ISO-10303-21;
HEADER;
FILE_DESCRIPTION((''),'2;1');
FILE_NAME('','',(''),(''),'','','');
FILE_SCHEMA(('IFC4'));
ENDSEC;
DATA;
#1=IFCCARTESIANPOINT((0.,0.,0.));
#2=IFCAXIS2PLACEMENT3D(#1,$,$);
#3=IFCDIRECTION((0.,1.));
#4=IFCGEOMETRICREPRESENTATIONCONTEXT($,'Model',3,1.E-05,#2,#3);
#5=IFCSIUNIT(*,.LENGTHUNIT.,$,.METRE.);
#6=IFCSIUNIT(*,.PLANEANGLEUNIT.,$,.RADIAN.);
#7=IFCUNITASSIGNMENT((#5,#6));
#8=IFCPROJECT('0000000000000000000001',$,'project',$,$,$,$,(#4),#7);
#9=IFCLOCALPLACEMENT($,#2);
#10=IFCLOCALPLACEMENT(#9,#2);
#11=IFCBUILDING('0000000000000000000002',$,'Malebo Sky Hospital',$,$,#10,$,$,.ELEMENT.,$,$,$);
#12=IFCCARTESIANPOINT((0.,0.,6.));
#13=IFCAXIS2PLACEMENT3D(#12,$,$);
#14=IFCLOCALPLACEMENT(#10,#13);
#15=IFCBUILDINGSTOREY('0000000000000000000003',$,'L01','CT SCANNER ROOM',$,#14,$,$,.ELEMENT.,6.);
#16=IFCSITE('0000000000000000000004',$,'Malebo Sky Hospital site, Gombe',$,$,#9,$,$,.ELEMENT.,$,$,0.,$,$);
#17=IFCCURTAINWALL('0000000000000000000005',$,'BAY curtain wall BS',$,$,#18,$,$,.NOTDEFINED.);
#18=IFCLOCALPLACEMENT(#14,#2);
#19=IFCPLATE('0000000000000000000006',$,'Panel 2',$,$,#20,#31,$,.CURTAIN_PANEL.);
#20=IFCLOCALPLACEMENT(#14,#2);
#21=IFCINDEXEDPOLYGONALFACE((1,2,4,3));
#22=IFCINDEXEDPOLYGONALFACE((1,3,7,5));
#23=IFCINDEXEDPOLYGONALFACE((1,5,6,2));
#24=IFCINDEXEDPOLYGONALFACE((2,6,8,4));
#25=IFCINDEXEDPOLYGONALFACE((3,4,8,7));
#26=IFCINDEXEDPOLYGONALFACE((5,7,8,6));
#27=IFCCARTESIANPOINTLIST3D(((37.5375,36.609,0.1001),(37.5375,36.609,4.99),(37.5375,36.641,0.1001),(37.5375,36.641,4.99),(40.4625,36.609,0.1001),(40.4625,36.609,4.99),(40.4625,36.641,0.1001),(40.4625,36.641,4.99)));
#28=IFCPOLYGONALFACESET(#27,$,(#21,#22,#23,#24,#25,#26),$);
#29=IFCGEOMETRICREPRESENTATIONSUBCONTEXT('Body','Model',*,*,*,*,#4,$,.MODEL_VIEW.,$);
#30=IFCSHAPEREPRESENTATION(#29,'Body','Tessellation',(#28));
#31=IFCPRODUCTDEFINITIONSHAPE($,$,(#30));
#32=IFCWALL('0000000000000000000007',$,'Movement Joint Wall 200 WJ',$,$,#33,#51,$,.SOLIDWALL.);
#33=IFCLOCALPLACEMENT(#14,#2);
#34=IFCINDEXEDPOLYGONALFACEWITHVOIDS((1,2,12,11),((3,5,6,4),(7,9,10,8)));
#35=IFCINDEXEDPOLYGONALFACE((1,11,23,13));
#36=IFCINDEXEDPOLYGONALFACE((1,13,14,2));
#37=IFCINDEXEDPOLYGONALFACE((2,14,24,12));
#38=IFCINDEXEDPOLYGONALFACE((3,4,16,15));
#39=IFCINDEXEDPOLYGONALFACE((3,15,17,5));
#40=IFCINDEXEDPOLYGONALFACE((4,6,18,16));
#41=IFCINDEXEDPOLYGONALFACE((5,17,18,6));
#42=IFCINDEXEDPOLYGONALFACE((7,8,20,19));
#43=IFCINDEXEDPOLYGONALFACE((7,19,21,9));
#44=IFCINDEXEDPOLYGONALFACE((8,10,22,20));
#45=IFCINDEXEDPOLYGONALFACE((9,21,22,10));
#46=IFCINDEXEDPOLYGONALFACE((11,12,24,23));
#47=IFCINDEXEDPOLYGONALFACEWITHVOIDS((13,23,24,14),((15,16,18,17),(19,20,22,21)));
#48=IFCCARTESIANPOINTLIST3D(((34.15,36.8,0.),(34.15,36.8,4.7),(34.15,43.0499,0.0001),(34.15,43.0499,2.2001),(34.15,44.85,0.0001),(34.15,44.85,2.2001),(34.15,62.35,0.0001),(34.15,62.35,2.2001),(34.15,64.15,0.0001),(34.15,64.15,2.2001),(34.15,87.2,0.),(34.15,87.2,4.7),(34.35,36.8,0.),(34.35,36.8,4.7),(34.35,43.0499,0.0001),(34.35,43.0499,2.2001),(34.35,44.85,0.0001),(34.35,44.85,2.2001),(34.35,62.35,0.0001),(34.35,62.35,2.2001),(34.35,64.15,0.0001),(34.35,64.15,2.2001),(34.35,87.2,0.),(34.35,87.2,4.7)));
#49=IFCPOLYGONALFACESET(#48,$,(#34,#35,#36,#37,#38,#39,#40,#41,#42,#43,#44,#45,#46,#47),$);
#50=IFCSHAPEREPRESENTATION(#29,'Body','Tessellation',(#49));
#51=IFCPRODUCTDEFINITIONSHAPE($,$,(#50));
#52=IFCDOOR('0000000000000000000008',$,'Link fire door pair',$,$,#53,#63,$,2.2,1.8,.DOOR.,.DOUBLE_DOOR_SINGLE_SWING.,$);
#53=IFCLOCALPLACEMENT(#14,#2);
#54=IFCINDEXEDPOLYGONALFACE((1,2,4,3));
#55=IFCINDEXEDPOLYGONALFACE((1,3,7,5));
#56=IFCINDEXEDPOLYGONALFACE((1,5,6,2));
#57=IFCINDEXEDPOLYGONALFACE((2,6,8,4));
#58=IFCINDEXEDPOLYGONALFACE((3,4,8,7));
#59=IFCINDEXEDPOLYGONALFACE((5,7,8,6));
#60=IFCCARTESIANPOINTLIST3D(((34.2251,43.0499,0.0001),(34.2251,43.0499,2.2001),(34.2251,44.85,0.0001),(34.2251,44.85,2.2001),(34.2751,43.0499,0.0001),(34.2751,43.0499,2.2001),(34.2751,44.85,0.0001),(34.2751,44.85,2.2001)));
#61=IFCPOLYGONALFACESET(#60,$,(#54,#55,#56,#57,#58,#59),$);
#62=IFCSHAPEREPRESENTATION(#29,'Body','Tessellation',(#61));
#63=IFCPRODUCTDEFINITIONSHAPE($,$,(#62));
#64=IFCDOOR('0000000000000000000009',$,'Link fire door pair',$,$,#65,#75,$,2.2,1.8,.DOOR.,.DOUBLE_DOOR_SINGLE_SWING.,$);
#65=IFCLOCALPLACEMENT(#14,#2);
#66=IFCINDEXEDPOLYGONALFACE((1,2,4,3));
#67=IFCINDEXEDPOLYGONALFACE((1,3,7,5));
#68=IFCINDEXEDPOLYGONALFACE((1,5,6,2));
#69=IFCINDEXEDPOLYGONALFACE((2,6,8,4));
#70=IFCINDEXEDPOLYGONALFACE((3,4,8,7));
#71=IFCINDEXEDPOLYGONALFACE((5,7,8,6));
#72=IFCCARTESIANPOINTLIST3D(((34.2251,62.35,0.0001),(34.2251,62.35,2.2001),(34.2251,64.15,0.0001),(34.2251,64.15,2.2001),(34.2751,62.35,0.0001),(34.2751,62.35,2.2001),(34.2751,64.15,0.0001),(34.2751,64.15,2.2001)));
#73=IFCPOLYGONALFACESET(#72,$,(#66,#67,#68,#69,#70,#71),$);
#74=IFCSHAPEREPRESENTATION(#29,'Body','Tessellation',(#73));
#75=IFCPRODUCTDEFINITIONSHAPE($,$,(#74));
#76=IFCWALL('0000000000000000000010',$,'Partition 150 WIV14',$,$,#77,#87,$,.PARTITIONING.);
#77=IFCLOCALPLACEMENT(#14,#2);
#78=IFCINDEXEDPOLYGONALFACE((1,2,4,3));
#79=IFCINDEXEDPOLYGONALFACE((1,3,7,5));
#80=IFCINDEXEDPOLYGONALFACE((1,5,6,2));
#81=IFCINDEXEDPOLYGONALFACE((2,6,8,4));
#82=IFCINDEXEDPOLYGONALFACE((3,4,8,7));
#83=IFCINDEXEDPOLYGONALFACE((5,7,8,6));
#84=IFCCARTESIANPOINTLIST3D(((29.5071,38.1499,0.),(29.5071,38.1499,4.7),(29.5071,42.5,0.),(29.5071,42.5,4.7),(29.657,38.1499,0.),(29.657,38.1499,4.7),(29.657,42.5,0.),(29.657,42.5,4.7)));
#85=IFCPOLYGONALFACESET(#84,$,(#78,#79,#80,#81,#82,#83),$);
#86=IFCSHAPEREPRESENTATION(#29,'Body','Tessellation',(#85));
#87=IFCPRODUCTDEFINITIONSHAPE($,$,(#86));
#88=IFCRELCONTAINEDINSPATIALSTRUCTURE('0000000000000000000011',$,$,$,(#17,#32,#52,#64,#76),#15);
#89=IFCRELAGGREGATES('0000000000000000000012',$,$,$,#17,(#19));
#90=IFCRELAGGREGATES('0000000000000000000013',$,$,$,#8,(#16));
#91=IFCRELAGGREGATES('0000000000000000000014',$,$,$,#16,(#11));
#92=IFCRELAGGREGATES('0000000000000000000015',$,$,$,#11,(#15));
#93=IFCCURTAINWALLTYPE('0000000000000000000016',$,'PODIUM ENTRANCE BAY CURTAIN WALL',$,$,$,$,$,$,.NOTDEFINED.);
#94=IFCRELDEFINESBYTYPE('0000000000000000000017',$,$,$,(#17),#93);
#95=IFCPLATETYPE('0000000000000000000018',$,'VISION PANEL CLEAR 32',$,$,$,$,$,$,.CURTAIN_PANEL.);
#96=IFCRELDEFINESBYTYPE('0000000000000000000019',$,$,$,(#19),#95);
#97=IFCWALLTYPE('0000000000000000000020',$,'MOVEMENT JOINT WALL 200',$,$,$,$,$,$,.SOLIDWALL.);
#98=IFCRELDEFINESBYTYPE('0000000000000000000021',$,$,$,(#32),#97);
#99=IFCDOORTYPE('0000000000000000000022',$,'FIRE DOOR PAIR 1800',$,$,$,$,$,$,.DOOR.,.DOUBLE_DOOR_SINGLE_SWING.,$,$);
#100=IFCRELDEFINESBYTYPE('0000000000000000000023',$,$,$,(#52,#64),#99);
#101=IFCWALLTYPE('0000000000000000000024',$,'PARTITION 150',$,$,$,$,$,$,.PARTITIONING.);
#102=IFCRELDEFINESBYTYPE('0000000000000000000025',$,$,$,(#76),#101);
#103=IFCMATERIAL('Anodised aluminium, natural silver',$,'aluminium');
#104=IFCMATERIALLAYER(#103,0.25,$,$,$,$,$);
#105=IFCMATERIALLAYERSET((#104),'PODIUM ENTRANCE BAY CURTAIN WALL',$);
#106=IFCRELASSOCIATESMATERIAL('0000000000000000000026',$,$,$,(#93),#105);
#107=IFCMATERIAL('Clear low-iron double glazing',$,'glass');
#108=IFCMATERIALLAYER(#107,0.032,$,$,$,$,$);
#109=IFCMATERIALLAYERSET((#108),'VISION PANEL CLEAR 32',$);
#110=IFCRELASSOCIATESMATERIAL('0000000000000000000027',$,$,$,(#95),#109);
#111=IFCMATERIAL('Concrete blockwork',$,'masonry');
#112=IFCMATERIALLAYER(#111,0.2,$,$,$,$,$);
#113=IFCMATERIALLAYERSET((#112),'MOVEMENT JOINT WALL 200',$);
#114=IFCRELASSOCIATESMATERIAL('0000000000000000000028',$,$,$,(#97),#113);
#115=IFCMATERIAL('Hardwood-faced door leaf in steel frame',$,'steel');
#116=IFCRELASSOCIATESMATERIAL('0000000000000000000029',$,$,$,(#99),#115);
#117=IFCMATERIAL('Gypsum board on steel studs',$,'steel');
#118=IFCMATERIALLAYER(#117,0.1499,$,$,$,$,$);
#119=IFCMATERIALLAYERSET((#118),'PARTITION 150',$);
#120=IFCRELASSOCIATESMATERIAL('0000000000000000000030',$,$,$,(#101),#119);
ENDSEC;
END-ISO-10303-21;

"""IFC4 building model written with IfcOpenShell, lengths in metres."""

from ifc_helpers import new_model, si_unit, direction, frame, frame_2d, origin, origin_2d, place, context, subcontext, project, spatial, rectangle, extrude, material, layer, layer_set, type_object, element, fill, aggregate, save


model = new_model("IFC4")

# Units and contexts
model_context = context("Model", 3, precision=1e-05, world=origin(), true_north=direction((0.0, 1.0)))
body_context = subcontext(model_context, "Body", "Model", "MODEL_VIEW")
ifc_project = project(units=[si_unit("LENGTHUNIT", "METRE"), si_unit("PLANEANGLEUNIT", "RADIAN")], contexts=[model_context])

# Site, building, storey
site_placement = place(None, origin())
site = spatial("IfcSite", under=ifc_project, at=site_placement, Name="Malebo Sky Hospital site, Gombe", CompositionType="ELEMENT", RefElevation=0.0)
building_placement = place(site_placement, origin())
building = spatial("IfcBuilding", under=site, at=building_placement, Name="Malebo Sky Hospital", CompositionType="ELEMENT")
storey_placement = place(building_placement, frame((0.0, 0.0, 6.0)))
storey = spatial("IfcBuildingStorey", under=building, at=storey_placement, Name="L01", Description="CT SCANNER ROOM", CompositionType="ELEMENT", Elevation=6.0)

# Shared definitions
ifc_material_1 = material(Name="Anodised aluminium, natural silver", Category="aluminium")

# Curtain wall
ifc_layer_1 = layer(ifc_material_1, 0.25)
ifc_layer_set_1 = layer_set([ifc_layer_1], Name="PODIUM ENTRANCE BAY CURTAIN WALL")
curtain_wall_type_1 = type_object("IfcCurtainWallType", Name="PODIUM ENTRANCE BAY CURTAIN WALL", PredefinedType="NOTDEFINED", material=ifc_layer_set_1)
curtain_wall_1_placement = place(storey_placement, origin())
curtain_wall_1 = element("IfcCurtainWall", 1, at=curtain_wall_1_placement, inside=storey, type_object=curtain_wall_type_1, Name="BAY curtain wall BS", PredefinedType="NOTDEFINED")

# Plate
ifc_material_2 = material(Name="Clear low-iron double glazing", Category="glass")
ifc_layer_2 = layer(ifc_material_2, 0.032)
ifc_layer_set_2 = layer_set([ifc_layer_2], Name="VISION PANEL CLEAR 32")
plate_type = type_object("IfcPlateType", Name="VISION PANEL CLEAR 32", PredefinedType="CURTAIN_PANEL", material=ifc_layer_set_2)
plate_1_placement = place(storey_placement, frame((39.0, 36.625, 0.1001), z_axis=(0.0, 0.0, 1.0), x_axis=(1.0, 0.0, 0.0)))
plate_1 = element("IfcPlate", 2, at=plate_1_placement, type_object=plate_type, Name="Panel 2", PredefinedType="CURTAIN_PANEL", context=body_context, shape_type="SweptSolid", body=[
    extrude(rectangle(XDim=2.925, YDim=0.032, at=origin_2d()), origin(), (0.0, 0.0, 1.0), 4.8899),
])
aggregate(curtain_wall_1, [plate_1])

# Wall, openings, doors
ifc_material_3 = material(Name="Concrete blockwork", Category="masonry")
ifc_layer_3 = layer(ifc_material_3, 0.2)
ifc_layer_set_3 = layer_set([ifc_layer_3], Name="MOVEMENT JOINT WALL 200")
wall_type_1 = type_object("IfcWallType", Name="MOVEMENT JOINT WALL 200", PredefinedType="SOLIDWALL", material=ifc_layer_set_3)
wall_1_placement = place(storey_placement, frame((34.25, 36.8, 0.0), z_axis=(0.0, 0.0, 1.0), x_axis=(0.0, 1.0, 0.0)))
wall_1 = element("IfcWall", 3, at=wall_1_placement, inside=storey, type_object=wall_type_1, Name="Movement Joint Wall 200 WJ", PredefinedType="SOLIDWALL", context=body_context, shape_type="SweptSolid", body=[
    extrude(rectangle(XDim=50.3999, YDim=0.2, at=frame_2d((25.2, 0.0))), origin(), (0.0, 0.0, 1.0), 4.7),
])
opening_1_placement = place(wall_1_placement, frame((6.25, 0.0, 0.0)))
opening_1 = element("IfcOpeningElement", 4, at=opening_1_placement, cuts=wall_1, PredefinedType="OPENING", context=body_context, shape_type="SweptSolid", body=[
    extrude(rectangle(XDim=1.8, YDim=2.2, at=frame_2d((0.8999, 1.1001))), frame((0.0, 0.1099, 0.0), z_axis=(0.0, -1.0, 0.0), x_axis=(1.0, 0.0, 0.0)), (0.0, 0.0, 1.0), 0.22),
])
opening_2_placement = place(wall_1_placement, frame((25.55, 0.0, 0.0)))
opening_2 = element("IfcOpeningElement", 5, at=opening_2_placement, cuts=wall_1, PredefinedType="OPENING", context=body_context, shape_type="SweptSolid", body=[
    extrude(rectangle(XDim=1.8, YDim=2.2, at=frame_2d((0.8999, 1.1001))), frame((0.0, 0.1099, 0.0), z_axis=(0.0, -1.0, 0.0), x_axis=(1.0, 0.0, 0.0)), (0.0, 0.0, 1.0), 0.22),
])
ifc_material_4 = material(Name="Hardwood-faced door leaf in steel frame", Category="steel")
door_type = type_object("IfcDoorType", Name="FIRE DOOR PAIR 1800", OperationType="DOUBLE_DOOR_SINGLE_SWING", PredefinedType="DOOR", material=ifc_material_4)
door_1_placement = place(opening_1_placement, origin())
door_1 = element("IfcDoor", 6, at=door_1_placement, inside=storey, type_object=door_type, Name="Link fire door pair", OperationType="DOUBLE_DOOR_SINGLE_SWING", OverallHeight=2.2, OverallWidth=1.8, PredefinedType="DOOR", context=body_context, shape_type="SweptSolid", body=[
    extrude(rectangle(XDim=1.8, YDim=2.2, at=frame_2d((0.8999, 1.1001))), frame((0.0, 0.0249, 0.0), z_axis=(0.0, -1.0, 0.0), x_axis=(1.0, 0.0, 0.0)), (0.0, 0.0, 1.0), 0.05),
])
fill(opening_1, door_1)
door_2_placement = place(opening_2_placement, origin())
door_2 = element("IfcDoor", 7, at=door_2_placement, inside=storey, type_object=door_type, Name="Link fire door pair", OperationType="DOUBLE_DOOR_SINGLE_SWING", OverallHeight=2.2, OverallWidth=1.8, PredefinedType="DOOR", context=body_context, shape_type="SweptSolid", body=[
    extrude(rectangle(XDim=1.8, YDim=2.2, at=frame_2d((0.8999, 1.1001))), frame((0.0, 0.0249, 0.0), z_axis=(0.0, -1.0, 0.0), x_axis=(1.0, 0.0, 0.0)), (0.0, 0.0, 1.0), 0.05),
])
fill(opening_2, door_2)

# Wall
ifc_material_5 = material(Name="Gypsum board on steel studs", Category="steel")
ifc_layer_4 = layer(ifc_material_5, 0.1499)
ifc_layer_set_4 = layer_set([ifc_layer_4], Name="PARTITION 150")
wall_type_2 = type_object("IfcWallType", Name="PARTITION 150", PredefinedType="PARTITIONING", material=ifc_layer_set_4)
wall_2_placement = place(storey_placement, frame((29.582, 38.1499, 0.0), z_axis=(0.0, 0.0, 1.0), x_axis=(0.0, 1.0, 0.0)))
element("IfcWall", 8, at=wall_2_placement, inside=storey, type_object=wall_type_2, Name="Partition 150 WIV14", PredefinedType="PARTITIONING", context=body_context, shape_type="SweptSolid", body=[
    extrude(rectangle(XDim=4.3501, YDim=0.1499, at=frame_2d((2.175, 0.0))), origin(), (0.0, 0.0, 1.0), 4.7),
])

save(model, "model.ifc")
